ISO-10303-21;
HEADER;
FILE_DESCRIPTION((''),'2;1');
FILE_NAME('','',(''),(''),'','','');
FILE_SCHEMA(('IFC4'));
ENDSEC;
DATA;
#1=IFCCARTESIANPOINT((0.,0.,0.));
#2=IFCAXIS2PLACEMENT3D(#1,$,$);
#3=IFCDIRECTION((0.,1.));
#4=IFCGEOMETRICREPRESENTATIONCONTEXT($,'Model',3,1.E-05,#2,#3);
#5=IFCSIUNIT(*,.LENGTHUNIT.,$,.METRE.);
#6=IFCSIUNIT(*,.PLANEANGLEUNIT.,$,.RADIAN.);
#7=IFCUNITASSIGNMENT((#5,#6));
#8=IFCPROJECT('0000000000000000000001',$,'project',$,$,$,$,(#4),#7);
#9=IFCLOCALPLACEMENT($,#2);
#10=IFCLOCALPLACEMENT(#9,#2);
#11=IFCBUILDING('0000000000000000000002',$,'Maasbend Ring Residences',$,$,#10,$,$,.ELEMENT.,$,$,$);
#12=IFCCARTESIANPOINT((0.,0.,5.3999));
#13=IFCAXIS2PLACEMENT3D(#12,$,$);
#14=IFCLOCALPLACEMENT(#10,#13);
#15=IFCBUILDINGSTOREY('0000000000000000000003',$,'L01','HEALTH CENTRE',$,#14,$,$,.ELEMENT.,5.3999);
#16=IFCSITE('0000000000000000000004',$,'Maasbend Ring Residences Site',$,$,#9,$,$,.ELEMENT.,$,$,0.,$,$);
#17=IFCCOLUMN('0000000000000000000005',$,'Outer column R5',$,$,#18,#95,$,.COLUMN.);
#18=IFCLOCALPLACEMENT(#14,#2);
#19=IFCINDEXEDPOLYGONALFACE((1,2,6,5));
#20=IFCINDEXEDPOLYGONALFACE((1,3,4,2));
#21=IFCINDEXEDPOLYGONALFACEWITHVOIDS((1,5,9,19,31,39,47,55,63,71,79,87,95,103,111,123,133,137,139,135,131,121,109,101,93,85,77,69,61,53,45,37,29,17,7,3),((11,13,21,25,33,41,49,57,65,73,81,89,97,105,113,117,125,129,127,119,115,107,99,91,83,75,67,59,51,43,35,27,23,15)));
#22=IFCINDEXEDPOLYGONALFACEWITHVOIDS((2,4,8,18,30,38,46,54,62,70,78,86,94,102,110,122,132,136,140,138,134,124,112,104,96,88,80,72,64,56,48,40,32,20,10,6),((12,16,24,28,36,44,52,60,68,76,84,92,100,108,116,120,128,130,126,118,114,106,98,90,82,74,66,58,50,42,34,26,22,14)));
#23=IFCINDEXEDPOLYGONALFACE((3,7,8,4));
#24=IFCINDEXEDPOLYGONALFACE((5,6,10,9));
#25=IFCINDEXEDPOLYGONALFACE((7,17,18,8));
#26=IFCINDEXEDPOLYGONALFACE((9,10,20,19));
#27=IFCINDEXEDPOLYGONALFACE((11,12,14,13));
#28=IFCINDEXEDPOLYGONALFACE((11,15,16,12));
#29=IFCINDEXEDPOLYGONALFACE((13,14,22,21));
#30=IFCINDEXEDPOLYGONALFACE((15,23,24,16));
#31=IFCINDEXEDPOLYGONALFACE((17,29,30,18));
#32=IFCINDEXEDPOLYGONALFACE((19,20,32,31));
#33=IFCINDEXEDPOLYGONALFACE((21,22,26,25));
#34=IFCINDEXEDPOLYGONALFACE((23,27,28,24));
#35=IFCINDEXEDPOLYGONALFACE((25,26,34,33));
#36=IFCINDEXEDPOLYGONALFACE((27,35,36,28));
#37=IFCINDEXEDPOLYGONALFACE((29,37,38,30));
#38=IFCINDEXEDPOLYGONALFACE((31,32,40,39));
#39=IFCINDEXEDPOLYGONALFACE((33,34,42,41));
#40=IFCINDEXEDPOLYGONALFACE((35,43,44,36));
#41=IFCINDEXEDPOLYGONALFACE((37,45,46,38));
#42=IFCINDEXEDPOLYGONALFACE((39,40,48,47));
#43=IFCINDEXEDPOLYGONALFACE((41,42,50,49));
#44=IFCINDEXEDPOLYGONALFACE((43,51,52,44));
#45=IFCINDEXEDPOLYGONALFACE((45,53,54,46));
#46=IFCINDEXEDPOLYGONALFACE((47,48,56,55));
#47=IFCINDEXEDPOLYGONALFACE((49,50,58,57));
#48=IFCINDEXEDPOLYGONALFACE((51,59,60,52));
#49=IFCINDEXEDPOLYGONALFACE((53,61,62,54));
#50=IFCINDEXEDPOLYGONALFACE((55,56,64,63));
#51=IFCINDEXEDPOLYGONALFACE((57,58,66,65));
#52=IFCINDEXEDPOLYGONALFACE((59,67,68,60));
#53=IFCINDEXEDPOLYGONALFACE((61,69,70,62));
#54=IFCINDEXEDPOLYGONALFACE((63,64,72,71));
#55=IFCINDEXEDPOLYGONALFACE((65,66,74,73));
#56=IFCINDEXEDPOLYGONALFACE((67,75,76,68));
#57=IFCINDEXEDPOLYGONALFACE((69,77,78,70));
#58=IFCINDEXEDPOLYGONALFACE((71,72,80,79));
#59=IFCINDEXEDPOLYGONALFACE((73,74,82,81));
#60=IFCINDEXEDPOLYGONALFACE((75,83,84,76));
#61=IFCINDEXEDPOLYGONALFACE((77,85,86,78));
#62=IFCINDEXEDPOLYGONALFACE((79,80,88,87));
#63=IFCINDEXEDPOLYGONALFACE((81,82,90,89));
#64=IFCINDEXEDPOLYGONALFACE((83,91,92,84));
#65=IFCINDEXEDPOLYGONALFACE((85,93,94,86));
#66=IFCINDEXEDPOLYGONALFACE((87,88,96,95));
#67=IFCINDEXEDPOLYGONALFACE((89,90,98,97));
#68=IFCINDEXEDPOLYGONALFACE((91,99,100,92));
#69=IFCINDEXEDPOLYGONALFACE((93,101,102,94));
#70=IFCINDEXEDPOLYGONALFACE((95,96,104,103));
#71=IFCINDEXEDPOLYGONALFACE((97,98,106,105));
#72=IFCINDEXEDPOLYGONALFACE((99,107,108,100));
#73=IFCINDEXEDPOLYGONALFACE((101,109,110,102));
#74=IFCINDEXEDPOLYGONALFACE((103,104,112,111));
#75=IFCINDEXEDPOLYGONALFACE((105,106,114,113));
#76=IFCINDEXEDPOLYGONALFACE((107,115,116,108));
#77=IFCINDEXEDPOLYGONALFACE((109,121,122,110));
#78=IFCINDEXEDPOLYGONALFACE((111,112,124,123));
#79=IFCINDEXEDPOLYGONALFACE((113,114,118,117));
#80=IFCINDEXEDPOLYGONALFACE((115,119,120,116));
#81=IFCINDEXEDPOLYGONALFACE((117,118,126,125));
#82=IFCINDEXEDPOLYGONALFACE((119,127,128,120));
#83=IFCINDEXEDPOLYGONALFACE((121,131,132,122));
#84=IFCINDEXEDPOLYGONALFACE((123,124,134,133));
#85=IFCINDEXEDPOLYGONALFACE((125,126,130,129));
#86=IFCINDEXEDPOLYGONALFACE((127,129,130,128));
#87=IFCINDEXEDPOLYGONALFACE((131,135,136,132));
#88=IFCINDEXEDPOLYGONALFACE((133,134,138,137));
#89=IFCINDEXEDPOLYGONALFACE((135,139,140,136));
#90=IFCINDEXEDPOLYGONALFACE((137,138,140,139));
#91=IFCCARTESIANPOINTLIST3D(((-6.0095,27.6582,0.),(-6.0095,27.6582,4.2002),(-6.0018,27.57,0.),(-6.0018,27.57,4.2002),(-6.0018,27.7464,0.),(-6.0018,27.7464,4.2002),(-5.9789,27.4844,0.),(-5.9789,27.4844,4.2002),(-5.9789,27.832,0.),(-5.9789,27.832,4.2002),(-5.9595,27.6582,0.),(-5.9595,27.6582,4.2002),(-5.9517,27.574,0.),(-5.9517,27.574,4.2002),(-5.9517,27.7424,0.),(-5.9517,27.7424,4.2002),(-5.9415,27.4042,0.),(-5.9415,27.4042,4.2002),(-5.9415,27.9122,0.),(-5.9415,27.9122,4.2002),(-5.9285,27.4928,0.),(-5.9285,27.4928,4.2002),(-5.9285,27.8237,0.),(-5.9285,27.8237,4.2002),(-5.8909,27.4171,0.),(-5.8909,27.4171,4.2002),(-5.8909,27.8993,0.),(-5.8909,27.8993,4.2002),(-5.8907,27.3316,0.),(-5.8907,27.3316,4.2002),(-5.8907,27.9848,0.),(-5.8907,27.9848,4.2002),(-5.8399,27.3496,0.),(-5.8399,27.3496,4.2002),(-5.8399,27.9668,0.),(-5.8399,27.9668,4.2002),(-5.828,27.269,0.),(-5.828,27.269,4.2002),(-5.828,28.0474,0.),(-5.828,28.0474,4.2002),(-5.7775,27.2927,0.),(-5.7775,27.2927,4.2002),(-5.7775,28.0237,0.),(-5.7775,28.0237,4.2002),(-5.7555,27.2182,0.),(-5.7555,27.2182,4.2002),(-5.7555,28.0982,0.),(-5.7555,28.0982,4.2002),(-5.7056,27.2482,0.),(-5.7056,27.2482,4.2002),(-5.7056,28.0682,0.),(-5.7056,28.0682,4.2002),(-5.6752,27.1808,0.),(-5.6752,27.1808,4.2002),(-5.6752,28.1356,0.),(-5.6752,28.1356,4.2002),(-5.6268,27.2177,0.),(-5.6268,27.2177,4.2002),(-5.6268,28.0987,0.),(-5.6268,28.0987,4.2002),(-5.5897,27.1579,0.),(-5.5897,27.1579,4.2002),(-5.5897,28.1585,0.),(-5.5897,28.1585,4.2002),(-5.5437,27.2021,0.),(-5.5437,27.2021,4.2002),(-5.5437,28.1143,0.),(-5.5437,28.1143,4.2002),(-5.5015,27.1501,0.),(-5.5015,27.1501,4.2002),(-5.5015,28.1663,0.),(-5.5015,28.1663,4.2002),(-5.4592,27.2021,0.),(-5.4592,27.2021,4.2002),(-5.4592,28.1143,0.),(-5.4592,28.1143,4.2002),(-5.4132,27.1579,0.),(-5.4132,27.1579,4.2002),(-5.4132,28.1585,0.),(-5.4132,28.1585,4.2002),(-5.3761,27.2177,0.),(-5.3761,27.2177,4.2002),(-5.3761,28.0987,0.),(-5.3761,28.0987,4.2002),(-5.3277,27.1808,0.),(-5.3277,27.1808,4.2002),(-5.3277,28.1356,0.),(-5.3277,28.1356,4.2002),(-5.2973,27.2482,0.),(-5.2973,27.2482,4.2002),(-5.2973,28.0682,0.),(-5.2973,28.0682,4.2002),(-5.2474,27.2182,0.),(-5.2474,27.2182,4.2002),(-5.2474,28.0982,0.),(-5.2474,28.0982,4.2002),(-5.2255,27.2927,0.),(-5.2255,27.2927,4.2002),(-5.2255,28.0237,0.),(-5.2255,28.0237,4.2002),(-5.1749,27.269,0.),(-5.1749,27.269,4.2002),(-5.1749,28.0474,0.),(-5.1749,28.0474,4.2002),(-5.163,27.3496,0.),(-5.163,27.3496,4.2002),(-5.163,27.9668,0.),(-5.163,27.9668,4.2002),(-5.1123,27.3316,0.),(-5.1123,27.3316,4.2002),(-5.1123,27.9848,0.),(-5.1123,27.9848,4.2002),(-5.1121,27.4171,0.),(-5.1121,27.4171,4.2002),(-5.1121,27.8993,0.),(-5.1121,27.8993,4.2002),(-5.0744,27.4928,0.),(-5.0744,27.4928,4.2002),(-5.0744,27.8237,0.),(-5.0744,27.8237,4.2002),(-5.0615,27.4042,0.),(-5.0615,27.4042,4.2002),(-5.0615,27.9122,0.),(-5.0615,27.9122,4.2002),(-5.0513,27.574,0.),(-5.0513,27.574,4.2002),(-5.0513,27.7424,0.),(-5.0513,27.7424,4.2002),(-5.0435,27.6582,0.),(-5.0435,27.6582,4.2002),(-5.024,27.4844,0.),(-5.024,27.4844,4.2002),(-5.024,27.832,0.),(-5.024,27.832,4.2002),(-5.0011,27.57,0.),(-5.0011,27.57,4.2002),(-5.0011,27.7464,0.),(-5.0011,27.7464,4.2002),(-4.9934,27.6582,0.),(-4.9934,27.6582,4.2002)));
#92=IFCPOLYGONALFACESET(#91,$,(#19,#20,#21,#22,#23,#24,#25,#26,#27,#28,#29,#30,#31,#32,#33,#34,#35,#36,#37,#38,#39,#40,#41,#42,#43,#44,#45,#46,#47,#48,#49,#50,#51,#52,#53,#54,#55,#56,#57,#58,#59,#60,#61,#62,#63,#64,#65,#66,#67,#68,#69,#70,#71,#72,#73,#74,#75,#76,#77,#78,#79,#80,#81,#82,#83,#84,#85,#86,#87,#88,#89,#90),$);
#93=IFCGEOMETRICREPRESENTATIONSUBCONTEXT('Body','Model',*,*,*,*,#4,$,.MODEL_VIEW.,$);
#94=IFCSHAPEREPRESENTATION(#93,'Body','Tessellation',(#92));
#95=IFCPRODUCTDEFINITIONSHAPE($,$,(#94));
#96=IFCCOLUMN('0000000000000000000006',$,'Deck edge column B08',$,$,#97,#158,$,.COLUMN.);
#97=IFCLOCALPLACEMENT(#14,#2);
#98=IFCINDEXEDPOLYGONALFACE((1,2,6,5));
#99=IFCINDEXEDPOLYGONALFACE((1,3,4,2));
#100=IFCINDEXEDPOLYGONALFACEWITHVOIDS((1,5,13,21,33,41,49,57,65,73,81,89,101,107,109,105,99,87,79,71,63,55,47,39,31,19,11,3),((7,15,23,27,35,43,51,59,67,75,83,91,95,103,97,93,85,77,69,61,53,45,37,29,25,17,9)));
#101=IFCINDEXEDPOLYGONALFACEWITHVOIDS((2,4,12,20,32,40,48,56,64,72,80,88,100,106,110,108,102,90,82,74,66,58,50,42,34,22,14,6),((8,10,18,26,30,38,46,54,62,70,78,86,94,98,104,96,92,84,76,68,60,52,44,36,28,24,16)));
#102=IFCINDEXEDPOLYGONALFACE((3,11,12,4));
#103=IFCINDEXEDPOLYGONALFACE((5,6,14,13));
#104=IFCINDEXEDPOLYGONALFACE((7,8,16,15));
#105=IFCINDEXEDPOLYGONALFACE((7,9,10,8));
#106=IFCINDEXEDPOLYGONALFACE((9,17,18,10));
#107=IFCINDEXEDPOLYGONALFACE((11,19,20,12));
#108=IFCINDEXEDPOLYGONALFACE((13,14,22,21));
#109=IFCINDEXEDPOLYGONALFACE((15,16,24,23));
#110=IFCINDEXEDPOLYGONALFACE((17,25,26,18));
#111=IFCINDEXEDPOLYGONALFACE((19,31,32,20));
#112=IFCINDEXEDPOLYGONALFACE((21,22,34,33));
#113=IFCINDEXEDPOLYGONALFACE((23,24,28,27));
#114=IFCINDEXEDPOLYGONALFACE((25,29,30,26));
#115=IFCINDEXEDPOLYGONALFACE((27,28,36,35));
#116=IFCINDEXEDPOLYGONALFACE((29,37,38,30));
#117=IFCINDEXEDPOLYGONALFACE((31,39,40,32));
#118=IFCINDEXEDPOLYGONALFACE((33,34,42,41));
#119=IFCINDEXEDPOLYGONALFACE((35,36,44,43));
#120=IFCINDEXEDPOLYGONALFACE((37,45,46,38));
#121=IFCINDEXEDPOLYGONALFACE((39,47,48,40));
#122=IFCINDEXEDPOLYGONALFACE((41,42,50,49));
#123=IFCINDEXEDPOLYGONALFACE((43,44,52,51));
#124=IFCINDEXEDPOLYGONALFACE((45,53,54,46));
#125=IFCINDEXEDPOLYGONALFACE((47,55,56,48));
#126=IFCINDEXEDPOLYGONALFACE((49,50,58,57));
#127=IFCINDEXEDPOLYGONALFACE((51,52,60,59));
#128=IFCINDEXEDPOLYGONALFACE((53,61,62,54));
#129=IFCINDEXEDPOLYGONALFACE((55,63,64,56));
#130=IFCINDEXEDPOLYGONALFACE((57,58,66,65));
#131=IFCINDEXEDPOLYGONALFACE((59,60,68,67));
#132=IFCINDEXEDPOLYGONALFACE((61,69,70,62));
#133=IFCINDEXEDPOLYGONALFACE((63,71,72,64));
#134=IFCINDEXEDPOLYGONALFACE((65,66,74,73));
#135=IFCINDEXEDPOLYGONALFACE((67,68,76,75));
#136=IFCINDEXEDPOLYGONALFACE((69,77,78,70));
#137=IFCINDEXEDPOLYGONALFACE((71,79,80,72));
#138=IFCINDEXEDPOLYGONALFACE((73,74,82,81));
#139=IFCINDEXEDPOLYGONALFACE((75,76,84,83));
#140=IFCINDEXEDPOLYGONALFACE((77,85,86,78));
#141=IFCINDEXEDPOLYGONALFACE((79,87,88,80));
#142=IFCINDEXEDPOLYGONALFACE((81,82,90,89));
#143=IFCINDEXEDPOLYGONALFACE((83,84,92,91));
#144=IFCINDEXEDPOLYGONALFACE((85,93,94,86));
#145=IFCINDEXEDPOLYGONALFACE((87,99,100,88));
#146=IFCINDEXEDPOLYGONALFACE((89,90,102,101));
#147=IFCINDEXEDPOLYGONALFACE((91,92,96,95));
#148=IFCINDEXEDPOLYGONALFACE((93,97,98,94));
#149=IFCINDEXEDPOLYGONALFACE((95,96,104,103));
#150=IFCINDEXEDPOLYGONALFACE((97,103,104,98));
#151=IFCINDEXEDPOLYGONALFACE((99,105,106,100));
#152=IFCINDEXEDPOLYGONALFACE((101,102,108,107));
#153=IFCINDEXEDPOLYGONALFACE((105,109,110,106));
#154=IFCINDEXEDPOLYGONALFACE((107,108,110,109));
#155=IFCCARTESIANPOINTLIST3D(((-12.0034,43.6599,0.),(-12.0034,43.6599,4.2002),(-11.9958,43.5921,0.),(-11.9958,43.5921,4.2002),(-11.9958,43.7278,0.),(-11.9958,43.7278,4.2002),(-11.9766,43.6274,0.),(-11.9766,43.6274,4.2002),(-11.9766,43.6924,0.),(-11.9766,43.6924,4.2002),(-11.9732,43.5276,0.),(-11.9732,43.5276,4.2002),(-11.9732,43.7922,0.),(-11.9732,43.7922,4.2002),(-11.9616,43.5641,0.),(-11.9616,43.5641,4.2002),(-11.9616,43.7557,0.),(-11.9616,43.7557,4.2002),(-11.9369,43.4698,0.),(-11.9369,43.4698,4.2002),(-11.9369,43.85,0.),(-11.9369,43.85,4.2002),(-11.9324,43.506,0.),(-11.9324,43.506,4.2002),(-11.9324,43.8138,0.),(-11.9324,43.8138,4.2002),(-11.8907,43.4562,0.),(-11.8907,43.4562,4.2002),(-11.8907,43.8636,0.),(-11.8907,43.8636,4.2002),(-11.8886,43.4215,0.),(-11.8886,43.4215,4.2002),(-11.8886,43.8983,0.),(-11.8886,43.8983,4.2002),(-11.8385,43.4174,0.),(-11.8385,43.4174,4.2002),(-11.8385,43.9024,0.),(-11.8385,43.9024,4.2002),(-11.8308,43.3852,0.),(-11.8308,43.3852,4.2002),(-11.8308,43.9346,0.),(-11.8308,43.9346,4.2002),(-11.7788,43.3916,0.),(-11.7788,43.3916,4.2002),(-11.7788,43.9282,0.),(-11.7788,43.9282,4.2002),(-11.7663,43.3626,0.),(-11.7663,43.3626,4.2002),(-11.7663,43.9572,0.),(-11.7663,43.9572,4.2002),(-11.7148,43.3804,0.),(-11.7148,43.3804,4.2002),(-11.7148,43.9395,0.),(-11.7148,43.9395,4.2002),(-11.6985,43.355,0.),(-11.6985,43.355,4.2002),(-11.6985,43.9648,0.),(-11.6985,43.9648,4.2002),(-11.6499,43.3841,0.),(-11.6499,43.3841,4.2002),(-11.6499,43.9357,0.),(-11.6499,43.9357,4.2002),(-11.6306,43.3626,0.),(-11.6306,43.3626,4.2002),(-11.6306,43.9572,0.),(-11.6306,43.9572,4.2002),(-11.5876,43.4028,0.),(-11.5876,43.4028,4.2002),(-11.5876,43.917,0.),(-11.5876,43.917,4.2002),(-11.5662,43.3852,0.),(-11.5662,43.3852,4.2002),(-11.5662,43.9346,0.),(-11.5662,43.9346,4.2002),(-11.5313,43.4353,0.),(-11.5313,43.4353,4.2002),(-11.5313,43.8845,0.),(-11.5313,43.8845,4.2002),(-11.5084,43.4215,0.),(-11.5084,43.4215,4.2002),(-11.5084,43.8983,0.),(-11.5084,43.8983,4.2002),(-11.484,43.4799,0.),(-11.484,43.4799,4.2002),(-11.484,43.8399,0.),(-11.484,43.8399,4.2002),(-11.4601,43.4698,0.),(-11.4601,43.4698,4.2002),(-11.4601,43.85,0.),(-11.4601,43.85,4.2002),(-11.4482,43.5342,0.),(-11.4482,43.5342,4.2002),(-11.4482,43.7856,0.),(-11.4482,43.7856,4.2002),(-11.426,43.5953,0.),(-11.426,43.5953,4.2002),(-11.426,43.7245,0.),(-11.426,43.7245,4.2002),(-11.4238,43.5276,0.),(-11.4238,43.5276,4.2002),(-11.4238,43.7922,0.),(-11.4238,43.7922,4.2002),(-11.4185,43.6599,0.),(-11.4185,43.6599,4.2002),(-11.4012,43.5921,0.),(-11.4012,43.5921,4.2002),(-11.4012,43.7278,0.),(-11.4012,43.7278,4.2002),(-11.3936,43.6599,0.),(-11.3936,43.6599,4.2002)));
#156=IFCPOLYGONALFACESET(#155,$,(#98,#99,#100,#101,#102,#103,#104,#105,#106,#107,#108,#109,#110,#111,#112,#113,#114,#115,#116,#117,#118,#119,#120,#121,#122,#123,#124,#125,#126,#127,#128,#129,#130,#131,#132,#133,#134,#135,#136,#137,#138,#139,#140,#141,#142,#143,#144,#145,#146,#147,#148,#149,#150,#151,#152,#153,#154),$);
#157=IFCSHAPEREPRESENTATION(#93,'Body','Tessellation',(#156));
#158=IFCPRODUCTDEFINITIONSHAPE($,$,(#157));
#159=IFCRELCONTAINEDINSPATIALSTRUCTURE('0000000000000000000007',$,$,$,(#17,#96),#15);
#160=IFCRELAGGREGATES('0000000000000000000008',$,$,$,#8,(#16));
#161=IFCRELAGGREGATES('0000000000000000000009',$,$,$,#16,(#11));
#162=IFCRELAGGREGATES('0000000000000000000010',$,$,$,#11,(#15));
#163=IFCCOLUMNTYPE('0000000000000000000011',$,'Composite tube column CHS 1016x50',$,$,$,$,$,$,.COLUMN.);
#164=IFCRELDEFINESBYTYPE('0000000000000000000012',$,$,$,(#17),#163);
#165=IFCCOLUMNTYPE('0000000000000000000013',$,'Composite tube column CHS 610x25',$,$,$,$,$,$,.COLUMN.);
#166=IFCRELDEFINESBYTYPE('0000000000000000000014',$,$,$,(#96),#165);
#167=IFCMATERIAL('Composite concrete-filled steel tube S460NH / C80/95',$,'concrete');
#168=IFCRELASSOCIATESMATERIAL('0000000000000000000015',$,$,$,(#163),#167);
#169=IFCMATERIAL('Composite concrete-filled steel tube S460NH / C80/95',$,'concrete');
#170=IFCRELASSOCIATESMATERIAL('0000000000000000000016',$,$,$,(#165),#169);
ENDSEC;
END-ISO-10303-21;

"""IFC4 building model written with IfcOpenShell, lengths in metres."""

from ifc_helpers import new_model, si_unit, direction, frame, origin, origin_2d, place, context, subcontext, project, spatial, hollow_circle, extrude, material, material_profile, profile_set, type_object, element, save


model = new_model("IFC4")

# Units and contexts
model_context = context("Model", 3, precision=1e-05, world=origin(), true_north=direction((0.0, 1.0)))
body_context = subcontext(model_context, "Body", "Model", "MODEL_VIEW")
ifc_project = project(units=[si_unit("LENGTHUNIT", "METRE"), si_unit("PLANEANGLEUNIT", "RADIAN")], contexts=[model_context])

# Site, building, storey
site_placement = place(None, origin())
site = spatial("IfcSite", under=ifc_project, at=site_placement, Name="Maasbend Ring Residences Site", CompositionType="ELEMENT", RefElevation=0.0)
building_placement = place(site_placement, origin())
building = spatial("IfcBuilding", under=site, at=building_placement, Name="Maasbend Ring Residences", CompositionType="ELEMENT")
storey_placement = place(building_placement, frame((0.0, 0.0, 5.3999)))
storey = spatial("IfcBuildingStorey", under=building, at=storey_placement, Name="L01", Description="HEALTH CENTRE", CompositionType="ELEMENT", Elevation=5.3999)

# Columns
ifc_material_1 = material(Name="Composite concrete-filled steel tube S460NH / C80/95", Category="concrete")
ifc_material_profile_1 = material_profile(ifc_material_1, hollow_circle(Radius=0.5081, WallThickness=0.05, at=origin_2d()), Name="Composite tube column CHS 1016x50")
ifc_profile_set_1 = profile_set([ifc_material_profile_1], Name="Composite concrete-filled steel tube S460NH / C80/95")
column_type_1 = type_object("IfcColumnType", Name="Composite tube column CHS 1016x50", PredefinedType="COLUMN", material=ifc_profile_set_1)
column_1_placement = place(storey_placement, frame((-5.5015, 27.6582, 0.0), z_axis=(0.0, 0.0, 1.0), x_axis=(1.0, 0.0, 0.0)))
element("IfcColumn", 1, at=column_1_placement, inside=storey, type_object=column_type_1, Name="Outer column R5", PredefinedType="COLUMN", context=body_context, shape_type="SweptSolid", body=[
    extrude(hollow_circle(Radius=0.5081, WallThickness=0.05, at=origin_2d()), origin(), (0.0, 0.0, 1.0), 4.2002),
])
ifc_material_2 = material(Name="Composite concrete-filled steel tube S460NH / C80/95", Category="concrete")
ifc_material_profile_2 = material_profile(ifc_material_2, hollow_circle(Radius=0.3049, WallThickness=0.0249, at=origin_2d()), Name="Composite tube column CHS 610x25")
ifc_profile_set_2 = profile_set([ifc_material_profile_2], Name="Composite concrete-filled steel tube S460NH / C80/95")
column_type_2 = type_object("IfcColumnType", Name="Composite tube column CHS 610x25", PredefinedType="COLUMN", material=ifc_profile_set_2)
column_2_placement = place(storey_placement, frame((-11.6985, 43.6599, 0.0), z_axis=(0.0, 0.0, 1.0), x_axis=(1.0, 0.0, 0.0)))
element("IfcColumn", 2, at=column_2_placement, inside=storey, type_object=column_type_2, Name="Deck edge column B08", PredefinedType="COLUMN", context=body_context, shape_type="SweptSolid", body=[
    extrude(hollow_circle(Radius=0.3049, WallThickness=0.0249, at=origin_2d()), origin(), (0.0, 0.0, 1.0), 4.2002),
])

save(model, "model.ifc")
